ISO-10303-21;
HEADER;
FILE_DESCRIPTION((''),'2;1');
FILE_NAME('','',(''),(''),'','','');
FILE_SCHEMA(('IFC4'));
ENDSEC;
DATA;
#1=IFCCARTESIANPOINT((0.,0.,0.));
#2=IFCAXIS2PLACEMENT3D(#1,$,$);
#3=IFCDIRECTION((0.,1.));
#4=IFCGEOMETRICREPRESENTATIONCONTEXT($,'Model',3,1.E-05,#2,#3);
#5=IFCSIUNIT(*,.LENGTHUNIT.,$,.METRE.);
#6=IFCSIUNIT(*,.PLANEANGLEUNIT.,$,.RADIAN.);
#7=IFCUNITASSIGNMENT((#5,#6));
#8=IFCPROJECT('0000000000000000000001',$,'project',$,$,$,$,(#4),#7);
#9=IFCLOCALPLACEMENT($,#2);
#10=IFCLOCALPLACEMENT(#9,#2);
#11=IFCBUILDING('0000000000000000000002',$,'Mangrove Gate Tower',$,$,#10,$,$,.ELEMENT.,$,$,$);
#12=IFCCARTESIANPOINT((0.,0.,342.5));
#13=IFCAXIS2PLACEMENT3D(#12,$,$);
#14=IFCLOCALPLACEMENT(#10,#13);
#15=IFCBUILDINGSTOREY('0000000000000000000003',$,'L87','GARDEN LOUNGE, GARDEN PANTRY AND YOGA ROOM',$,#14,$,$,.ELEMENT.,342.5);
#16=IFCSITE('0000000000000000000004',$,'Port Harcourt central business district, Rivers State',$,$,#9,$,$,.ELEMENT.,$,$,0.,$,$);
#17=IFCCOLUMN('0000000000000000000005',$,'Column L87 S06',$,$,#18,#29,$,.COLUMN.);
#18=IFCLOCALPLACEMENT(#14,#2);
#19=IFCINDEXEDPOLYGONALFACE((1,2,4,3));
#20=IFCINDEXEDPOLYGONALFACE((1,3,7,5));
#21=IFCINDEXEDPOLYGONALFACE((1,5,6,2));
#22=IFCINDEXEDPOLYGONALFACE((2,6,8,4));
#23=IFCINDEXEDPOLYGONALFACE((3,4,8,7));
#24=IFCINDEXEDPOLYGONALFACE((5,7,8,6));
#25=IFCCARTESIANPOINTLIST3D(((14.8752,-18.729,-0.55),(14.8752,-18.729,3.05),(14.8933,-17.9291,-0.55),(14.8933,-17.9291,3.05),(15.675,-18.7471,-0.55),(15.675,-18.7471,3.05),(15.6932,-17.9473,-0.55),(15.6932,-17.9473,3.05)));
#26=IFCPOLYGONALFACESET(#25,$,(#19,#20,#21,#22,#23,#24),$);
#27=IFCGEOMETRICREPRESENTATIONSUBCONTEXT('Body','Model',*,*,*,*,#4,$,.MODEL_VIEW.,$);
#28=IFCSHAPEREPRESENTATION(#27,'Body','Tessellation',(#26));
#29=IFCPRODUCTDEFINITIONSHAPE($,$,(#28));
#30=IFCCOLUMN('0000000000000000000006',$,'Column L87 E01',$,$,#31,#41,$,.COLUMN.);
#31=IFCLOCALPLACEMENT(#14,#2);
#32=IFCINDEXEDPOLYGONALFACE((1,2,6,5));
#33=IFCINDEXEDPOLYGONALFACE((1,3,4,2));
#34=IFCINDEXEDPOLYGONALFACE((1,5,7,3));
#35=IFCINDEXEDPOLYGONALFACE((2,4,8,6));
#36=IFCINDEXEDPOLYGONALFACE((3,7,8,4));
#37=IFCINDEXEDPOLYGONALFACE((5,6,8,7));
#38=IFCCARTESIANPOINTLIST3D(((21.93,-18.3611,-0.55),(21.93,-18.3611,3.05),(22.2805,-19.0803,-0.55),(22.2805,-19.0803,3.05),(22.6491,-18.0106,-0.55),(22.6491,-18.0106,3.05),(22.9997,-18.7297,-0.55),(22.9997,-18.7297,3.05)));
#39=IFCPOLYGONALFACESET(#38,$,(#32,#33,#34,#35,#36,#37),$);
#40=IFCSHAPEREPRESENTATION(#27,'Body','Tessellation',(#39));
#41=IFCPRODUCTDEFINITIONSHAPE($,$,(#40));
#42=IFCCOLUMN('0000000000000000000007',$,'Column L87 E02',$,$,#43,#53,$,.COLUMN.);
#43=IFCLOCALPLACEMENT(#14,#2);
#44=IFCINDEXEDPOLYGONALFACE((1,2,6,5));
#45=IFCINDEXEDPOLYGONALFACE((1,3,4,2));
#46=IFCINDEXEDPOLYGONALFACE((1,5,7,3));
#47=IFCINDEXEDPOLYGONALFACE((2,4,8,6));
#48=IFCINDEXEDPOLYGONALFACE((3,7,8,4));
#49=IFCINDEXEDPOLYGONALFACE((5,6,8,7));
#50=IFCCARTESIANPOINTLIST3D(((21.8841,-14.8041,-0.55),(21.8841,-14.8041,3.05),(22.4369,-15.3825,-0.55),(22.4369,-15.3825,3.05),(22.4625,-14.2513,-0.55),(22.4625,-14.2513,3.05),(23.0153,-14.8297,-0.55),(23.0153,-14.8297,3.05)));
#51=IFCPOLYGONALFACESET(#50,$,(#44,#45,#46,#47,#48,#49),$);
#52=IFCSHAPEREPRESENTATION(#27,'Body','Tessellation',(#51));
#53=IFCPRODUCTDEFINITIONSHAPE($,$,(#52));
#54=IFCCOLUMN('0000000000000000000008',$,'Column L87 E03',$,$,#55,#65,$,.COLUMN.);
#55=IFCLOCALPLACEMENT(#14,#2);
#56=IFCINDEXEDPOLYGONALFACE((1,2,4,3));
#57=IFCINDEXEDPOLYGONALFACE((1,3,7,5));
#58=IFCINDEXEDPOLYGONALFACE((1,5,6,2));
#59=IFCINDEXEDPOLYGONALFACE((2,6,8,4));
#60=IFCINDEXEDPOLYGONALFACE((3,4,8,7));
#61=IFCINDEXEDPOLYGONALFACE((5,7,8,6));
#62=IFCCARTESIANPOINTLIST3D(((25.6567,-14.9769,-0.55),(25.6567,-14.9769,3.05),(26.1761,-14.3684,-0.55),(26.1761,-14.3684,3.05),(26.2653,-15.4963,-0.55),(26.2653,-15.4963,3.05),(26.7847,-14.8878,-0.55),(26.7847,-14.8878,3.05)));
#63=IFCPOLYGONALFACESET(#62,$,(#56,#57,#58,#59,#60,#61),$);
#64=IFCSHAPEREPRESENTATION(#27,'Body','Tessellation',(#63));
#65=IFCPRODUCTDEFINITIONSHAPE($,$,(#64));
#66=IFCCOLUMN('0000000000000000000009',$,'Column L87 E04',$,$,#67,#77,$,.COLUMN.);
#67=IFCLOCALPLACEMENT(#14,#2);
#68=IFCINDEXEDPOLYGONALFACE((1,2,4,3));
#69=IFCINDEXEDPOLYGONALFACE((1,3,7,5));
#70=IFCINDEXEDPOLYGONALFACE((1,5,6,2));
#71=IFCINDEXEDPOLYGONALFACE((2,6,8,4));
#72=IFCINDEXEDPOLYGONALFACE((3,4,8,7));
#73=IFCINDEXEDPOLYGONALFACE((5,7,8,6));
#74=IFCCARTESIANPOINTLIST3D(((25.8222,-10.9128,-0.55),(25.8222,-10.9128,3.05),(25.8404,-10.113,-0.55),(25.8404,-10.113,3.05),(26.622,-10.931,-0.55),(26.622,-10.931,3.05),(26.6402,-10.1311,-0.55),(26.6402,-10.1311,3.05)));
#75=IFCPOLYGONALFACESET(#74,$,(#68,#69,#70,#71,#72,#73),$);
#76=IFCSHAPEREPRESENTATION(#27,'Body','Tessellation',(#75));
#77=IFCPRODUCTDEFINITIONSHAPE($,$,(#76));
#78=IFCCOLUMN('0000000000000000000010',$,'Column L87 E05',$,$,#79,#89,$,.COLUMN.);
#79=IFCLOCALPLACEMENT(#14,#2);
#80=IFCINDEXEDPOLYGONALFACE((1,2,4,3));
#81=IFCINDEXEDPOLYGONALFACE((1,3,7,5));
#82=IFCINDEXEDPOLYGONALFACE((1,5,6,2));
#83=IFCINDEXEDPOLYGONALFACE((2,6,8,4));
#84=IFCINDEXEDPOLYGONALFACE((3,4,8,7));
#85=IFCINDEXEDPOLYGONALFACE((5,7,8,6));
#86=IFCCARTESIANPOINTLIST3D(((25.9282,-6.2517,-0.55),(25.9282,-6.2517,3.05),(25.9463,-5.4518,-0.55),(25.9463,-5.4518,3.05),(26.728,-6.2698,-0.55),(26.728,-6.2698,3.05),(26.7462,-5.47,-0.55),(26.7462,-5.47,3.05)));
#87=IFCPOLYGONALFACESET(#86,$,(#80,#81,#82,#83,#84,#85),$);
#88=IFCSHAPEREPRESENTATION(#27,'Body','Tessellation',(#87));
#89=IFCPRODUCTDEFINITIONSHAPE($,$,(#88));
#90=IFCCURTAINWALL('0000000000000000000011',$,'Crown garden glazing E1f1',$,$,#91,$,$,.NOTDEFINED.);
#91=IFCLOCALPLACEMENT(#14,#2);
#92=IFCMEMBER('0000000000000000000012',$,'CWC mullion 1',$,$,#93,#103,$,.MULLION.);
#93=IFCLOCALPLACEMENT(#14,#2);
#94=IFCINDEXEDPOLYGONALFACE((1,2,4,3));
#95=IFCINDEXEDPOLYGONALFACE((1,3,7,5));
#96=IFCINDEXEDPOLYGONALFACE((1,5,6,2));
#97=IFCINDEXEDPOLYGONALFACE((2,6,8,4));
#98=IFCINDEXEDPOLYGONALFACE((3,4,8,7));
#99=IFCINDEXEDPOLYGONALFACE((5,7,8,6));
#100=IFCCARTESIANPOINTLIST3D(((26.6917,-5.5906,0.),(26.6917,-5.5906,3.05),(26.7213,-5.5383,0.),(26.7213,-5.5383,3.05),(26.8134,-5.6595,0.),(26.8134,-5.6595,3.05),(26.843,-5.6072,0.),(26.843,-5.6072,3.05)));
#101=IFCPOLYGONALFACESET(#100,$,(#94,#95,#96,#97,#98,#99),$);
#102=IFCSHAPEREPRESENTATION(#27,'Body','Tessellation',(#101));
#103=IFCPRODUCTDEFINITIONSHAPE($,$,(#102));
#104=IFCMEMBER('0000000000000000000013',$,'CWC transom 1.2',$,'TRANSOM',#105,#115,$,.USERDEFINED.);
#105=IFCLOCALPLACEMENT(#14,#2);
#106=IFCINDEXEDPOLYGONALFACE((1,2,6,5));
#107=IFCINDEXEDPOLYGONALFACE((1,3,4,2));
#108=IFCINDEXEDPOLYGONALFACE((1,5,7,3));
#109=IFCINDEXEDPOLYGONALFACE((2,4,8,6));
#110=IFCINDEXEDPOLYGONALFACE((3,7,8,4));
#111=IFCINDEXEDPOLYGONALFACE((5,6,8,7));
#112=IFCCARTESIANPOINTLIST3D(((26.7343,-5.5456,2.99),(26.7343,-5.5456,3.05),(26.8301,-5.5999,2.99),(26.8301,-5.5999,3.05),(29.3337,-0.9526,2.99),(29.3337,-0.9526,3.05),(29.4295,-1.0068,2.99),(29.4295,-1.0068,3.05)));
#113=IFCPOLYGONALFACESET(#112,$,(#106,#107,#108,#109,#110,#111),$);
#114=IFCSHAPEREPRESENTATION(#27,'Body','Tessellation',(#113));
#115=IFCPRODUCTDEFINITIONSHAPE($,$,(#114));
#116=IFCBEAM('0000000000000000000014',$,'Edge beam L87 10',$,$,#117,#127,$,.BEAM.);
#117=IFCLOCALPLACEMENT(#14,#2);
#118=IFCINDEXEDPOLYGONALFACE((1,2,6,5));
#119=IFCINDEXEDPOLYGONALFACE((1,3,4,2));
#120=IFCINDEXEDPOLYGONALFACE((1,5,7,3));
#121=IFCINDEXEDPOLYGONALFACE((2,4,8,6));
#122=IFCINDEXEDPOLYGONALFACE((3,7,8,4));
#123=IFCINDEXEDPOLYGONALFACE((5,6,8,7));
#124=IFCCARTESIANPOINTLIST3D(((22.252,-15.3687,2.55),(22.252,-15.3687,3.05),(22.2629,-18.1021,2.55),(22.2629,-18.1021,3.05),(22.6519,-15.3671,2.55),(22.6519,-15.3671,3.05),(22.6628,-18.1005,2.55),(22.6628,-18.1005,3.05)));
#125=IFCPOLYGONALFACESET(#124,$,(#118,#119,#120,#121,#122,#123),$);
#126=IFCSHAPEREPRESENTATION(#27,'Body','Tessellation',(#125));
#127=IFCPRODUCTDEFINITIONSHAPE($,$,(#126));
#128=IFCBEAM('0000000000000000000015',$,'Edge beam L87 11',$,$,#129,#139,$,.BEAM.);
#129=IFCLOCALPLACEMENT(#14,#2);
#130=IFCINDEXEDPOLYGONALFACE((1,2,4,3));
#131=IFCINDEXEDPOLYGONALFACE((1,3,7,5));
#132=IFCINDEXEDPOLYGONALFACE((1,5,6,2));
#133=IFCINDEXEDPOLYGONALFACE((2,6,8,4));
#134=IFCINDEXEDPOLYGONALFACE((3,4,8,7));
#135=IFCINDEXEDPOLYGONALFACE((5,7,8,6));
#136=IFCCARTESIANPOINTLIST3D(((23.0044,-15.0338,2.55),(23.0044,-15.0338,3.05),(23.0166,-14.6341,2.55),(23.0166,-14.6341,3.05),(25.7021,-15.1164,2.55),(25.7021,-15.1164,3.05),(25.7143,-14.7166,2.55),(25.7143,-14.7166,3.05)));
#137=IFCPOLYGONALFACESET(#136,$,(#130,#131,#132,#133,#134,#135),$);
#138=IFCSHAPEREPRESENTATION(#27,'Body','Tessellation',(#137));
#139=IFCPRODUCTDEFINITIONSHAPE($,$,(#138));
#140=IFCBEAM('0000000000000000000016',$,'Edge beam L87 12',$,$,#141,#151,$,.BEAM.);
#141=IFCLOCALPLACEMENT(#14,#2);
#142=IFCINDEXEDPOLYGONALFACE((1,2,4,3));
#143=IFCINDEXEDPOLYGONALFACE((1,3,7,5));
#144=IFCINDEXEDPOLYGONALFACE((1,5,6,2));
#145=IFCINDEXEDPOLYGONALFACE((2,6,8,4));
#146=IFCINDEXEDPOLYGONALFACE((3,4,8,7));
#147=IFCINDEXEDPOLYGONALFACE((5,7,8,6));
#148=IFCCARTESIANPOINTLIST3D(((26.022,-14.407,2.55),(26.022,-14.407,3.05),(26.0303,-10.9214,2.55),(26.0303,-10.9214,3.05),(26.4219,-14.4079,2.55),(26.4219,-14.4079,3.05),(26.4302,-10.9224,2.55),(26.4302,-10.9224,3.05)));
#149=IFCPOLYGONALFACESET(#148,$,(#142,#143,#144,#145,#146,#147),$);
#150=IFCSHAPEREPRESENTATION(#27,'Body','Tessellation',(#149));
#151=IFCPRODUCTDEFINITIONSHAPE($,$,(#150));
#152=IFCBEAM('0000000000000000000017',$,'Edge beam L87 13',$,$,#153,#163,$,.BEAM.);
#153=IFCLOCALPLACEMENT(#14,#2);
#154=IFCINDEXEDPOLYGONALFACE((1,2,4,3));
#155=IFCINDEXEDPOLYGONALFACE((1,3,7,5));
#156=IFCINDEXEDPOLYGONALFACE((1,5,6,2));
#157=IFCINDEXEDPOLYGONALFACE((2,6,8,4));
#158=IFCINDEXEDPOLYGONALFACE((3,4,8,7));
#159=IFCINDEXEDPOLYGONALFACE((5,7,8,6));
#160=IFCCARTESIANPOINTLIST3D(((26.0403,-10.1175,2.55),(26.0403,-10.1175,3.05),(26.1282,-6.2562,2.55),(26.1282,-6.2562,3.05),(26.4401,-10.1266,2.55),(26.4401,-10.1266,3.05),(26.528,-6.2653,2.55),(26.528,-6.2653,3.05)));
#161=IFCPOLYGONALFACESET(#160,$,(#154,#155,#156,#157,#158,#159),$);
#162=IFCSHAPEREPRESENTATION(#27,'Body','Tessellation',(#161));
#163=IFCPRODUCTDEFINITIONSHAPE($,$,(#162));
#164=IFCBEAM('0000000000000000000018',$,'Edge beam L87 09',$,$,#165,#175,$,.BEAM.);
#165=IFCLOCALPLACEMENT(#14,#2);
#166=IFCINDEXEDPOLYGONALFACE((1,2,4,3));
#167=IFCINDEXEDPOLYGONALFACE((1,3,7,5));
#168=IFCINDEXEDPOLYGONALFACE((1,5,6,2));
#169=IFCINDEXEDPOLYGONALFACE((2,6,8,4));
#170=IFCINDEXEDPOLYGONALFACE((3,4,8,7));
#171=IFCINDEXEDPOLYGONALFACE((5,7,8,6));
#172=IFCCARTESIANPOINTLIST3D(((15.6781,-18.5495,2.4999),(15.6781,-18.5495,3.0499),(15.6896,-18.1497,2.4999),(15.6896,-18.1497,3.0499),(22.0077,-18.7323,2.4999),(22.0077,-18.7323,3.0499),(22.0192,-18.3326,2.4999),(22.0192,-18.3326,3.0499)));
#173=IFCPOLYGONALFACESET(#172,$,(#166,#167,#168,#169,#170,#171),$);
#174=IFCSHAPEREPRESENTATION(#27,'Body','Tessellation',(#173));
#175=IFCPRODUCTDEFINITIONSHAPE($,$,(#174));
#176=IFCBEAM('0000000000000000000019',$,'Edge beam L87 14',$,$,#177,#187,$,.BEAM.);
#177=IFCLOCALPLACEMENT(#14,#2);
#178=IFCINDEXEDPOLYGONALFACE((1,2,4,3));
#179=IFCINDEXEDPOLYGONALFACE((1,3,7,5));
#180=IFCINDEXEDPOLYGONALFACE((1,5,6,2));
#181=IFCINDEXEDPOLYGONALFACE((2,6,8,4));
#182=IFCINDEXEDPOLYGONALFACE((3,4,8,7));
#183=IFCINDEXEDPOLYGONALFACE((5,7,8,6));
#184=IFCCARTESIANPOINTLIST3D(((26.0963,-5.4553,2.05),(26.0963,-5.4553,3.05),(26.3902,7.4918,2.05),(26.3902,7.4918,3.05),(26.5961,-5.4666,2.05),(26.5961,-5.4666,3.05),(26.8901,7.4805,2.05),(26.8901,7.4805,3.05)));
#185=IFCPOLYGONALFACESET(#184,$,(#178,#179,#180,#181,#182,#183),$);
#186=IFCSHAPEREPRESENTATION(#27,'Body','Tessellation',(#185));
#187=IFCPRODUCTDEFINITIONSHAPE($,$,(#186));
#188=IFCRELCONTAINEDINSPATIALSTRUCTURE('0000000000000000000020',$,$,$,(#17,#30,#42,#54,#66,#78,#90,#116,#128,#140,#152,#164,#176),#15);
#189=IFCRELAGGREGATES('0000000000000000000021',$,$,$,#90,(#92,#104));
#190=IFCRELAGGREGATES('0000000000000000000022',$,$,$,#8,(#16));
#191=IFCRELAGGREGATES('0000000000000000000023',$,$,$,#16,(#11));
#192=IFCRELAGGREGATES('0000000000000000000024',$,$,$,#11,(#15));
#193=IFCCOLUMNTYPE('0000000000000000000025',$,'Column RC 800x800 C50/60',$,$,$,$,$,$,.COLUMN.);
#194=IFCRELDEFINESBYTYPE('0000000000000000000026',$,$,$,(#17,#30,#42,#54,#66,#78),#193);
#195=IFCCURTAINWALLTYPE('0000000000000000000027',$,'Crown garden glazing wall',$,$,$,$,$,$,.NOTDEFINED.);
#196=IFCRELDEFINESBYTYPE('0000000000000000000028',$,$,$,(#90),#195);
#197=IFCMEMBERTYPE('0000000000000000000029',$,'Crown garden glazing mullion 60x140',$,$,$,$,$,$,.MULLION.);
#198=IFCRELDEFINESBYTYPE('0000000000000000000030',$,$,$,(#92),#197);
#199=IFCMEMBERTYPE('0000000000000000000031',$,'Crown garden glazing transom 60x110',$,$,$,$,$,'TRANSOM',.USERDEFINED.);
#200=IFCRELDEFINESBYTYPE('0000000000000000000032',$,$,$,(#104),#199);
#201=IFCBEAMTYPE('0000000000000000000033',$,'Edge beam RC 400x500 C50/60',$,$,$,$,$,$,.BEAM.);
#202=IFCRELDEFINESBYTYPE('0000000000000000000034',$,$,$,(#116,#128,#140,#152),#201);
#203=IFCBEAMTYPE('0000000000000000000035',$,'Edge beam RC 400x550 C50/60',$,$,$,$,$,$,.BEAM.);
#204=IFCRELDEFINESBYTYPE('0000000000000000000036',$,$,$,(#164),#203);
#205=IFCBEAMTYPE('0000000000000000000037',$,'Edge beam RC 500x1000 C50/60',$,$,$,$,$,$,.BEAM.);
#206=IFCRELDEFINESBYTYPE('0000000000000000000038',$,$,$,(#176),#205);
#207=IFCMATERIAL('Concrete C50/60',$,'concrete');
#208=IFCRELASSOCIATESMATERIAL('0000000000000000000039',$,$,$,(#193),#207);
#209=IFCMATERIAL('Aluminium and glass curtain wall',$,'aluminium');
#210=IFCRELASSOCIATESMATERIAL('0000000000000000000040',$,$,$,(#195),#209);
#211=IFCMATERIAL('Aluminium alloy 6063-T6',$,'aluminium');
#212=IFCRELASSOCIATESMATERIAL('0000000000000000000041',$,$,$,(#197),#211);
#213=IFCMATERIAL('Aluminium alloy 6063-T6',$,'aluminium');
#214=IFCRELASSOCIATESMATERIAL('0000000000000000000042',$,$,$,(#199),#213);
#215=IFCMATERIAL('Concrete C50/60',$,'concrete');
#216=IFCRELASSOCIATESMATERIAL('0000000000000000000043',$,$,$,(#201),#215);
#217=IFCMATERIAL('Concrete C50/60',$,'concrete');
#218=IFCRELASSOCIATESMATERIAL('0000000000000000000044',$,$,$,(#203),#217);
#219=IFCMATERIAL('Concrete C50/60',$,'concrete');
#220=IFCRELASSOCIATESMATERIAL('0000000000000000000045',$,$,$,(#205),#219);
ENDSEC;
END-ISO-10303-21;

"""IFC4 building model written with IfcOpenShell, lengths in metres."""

from ifc_helpers import new_model, si_unit, direction, frame, origin, origin_2d, place, context, subcontext, project, spatial, rectangle, extrude, material, material_profile, profile_set, type_object, element, aggregate, save


model = new_model("IFC4")

# Units and contexts
model_context = context("Model", 3, precision=1e-05, world=origin(), true_north=direction((0.0, 1.0)))
body_context = subcontext(model_context, "Body", "Model", "MODEL_VIEW")
ifc_project = project(units=[si_unit("LENGTHUNIT", "METRE"), si_unit("PLANEANGLEUNIT", "RADIAN")], contexts=[model_context])

# Site, building, storey
site_placement = place(None, origin())
site = spatial("IfcSite", under=ifc_project, at=site_placement, Name="Port Harcourt central business district, Rivers State", CompositionType="ELEMENT", RefElevation=0.0)
building_placement = place(site_placement, origin())
building = spatial("IfcBuilding", under=site, at=building_placement, Name="Mangrove Gate Tower", CompositionType="ELEMENT")
storey_placement = place(building_placement, frame((0.0, 0.0, 342.5)))
storey = spatial("IfcBuildingStorey", under=building, at=storey_placement, Name="L87", Description="GARDEN LOUNGE, GARDEN PANTRY AND YOGA ROOM", CompositionType="ELEMENT", Elevation=342.5)

# Columns
ifc_material_1 = material(Name="Concrete C50/60", Category="concrete")
ifc_material_profile_1 = material_profile(ifc_material_1, rectangle(XDim=0.8, YDim=0.8, at=origin_2d()))
ifc_profile_set_1 = profile_set([ifc_material_profile_1], Name="Concrete C50/60")
column_type = type_object("IfcColumnType", Name="Column RC 800x800 C50/60", PredefinedType="COLUMN", material=ifc_profile_set_1)
for number, where, z_axis, x_axis, name in (
    (1, (15.2842, -18.3381, -0.55), (0.0, 0.0, 1.0), (0.999743, -0.022669, 0.0), "Column L87 S06"),
    (2, (22.4648, -18.5454, -0.55), (0.0, 0.0, 1.0), (0.898894, 0.438167, 0.0), "Column L87 E01"),
    (3, (22.4497, -14.8169, -0.55), (0.0, 0.0, 1.0), (0.722929, 0.690923, 0.0), "Column L87 E02"),
    (4, (26.2207, -14.9324, -0.55), (0.0, 0.0, 1.0), (0.649215, 0.760605, 0.0), "Column L87 E03"),
    (5, (26.2312, -10.522, -0.55), (0.0, 0.0, 1.0), (0.022736, 0.999742, 0.0), "Column L87 E04"),
    (6, (26.3372, -5.8608, -0.55), (0.0, 0.0, 1.0), (0.022702, 0.999742, 0.0), "Column L87 E05"),
):
    element("IfcColumn", number, at=place(storey_placement, frame(where, z_axis=z_axis, x_axis=x_axis)), inside=storey, type_object=column_type, Name=name, PredefinedType="COLUMN", context=body_context, shape_type="SweptSolid", body=[
        extrude(rectangle(XDim=0.8, YDim=0.8, at=origin_2d()), origin(), (0.0, 0.0, 1.0), 3.6001),
    ])

# Curtain wall, members
ifc_material_2 = material(Name="Aluminium and glass curtain wall", Category="aluminium")
curtain_wall_type = type_object("IfcCurtainWallType", Name="Crown garden glazing wall", PredefinedType="NOTDEFINED", material=ifc_material_2)
curtain_wall_placement = place(storey_placement, origin())
curtain_wall = element("IfcCurtainWall", 7, at=curtain_wall_placement, inside=storey, type_object=curtain_wall_type, Name="Crown garden glazing E1f1", PredefinedType="NOTDEFINED")
ifc_material_3 = material(Name="Aluminium alloy 6063-T6", Category="aluminium")
ifc_material_profile_2 = material_profile(ifc_material_3, rectangle(XDim=0.0601, YDim=0.1399, at=origin_2d()))
ifc_profile_set_2 = profile_set([ifc_material_profile_2], Name="Aluminium alloy 6063-T6")
member_type_1 = type_object("IfcMemberType", Name="Crown garden glazing mullion 60x140", PredefinedType="MULLION", material=ifc_profile_set_2)
member_1_placement = place(storey_placement, frame((26.7673, -5.5989, 0.0), z_axis=(0.0, 0.0, 1.0), x_axis=(0.492566, 0.870275, 0.0)))
member_1 = element("IfcMember", 8, at=member_1_placement, type_object=member_type_1, Name="CWC mullion 1", PredefinedType="MULLION", context=body_context, shape_type="SweptSolid", body=[
    extrude(rectangle(XDim=0.0601, YDim=0.1399, at=origin_2d()), origin(), (0.0, 0.0, 1.0), 3.05),
])
ifc_material_4 = material(Name="Aluminium alloy 6063-T6", Category="aluminium")
ifc_material_profile_3 = material_profile(ifc_material_4, rectangle(XDim=0.0601, YDim=0.1101, at=origin_2d()))
ifc_profile_set_3 = profile_set([ifc_material_profile_3], Name="Aluminium alloy 6063-T6")
member_type_2 = type_object("IfcMemberType", Name="Crown garden glazing transom 60x110", ElementType="TRANSOM", PredefinedType="USERDEFINED", material=ifc_profile_set_3)
member_2_placement = place(storey_placement, frame((26.7822, -5.5728, 3.02), z_axis=(0.492533, 0.870294, 0.0), x_axis=(0.0, 0.0, 1.0)))
member_2 = element("IfcMember", 9, at=member_2_placement, type_object=member_type_2, Name="CWC transom 1.2", ObjectType="TRANSOM", PredefinedType="USERDEFINED", context=body_context, shape_type="SweptSolid", body=[
    extrude(rectangle(XDim=0.0601, YDim=0.1101, at=origin_2d()), origin(), (0.0, 0.0, 1.0), 5.2776),
])
aggregate(curtain_wall, [member_1, member_2])

# Beams
ifc_material_5 = material(Name="Concrete C50/60", Category="concrete")
ifc_material_profile_4 = material_profile(ifc_material_5, rectangle(XDim=0.3999, YDim=0.5, at=origin_2d()))
ifc_profile_set_4 = profile_set([ifc_material_profile_4], Name="Concrete C50/60")
beam_type_1 = type_object("IfcBeamType", Name="Edge beam RC 400x500 C50/60", PredefinedType="BEAM", material=ifc_profile_set_4)
beam_1_placement = place(storey_placement, frame((22.4629, -18.1013, 2.8), z_axis=(-0.004019, 0.999992, 0.0), x_axis=(-0.999992, -0.004019, 0.0)))
element("IfcBeam", 10, at=beam_1_placement, inside=storey, type_object=beam_type_1, Name="Edge beam L87 10", PredefinedType="BEAM", context=body_context, shape_type="SweptSolid", body=[
    extrude(rectangle(XDim=0.3999, YDim=0.5, at=origin_2d()), origin(), (0.0, 0.0, 1.0), 2.7334),
])
beam_2_placement = place(storey_placement, frame((23.0105, -14.834, 2.8), z_axis=(0.999533, -0.030574, 0.0), x_axis=(0.030574, 0.999533, 0.0)))
element("IfcBeam", 11, at=beam_2_placement, inside=storey, type_object=beam_type_1, Name="Edge beam L87 11", PredefinedType="BEAM", context=body_context, shape_type="SweptSolid", body=[
    extrude(rectangle(XDim=0.3999, YDim=0.5, at=origin_2d()), origin(), (0.0, 0.0, 1.0), 2.699),
])
beam_3_placement = place(storey_placement, frame((26.2219, -14.4075, 2.8), z_axis=(0.002381, 0.999997, 0.0), x_axis=(-0.999997, 0.002381, 0.0)))
element("IfcBeam", 12, at=beam_3_placement, inside=storey, type_object=beam_type_1, Name="Edge beam L87 12", PredefinedType="BEAM", context=body_context, shape_type="SweptSolid", body=[
    extrude(rectangle(XDim=0.3999, YDim=0.5, at=origin_2d()), origin(), (0.0, 0.0, 1.0), 3.4856),
])
beam_4_placement = place(storey_placement, frame((26.2402, -10.1221, 2.8), z_axis=(0.022756, 0.999741, 0.0), x_axis=(-0.999741, 0.022756, 0.0)))
element("IfcBeam", 13, at=beam_4_placement, inside=storey, type_object=beam_type_1, Name="Edge beam L87 13", PredefinedType="BEAM", context=body_context, shape_type="SweptSolid", body=[
    extrude(rectangle(XDim=0.3999, YDim=0.5, at=origin_2d()), origin(), (0.0, 0.0, 1.0), 3.8623),
])
ifc_material_6 = material(Name="Concrete C50/60", Category="concrete")
ifc_material_profile_5 = material_profile(ifc_material_6, rectangle(XDim=0.3999, YDim=0.55, at=origin_2d()))
ifc_profile_set_5 = profile_set([ifc_material_profile_5], Name="Concrete C50/60")
beam_type_2 = type_object("IfcBeamType", Name="Edge beam RC 400x550 C50/60", PredefinedType="BEAM", material=ifc_profile_set_5)
beam_5_placement = place(storey_placement, frame((15.6838, -18.3496, 2.7749), z_axis=(0.999583, -0.028878, 0.0), x_axis=(0.028878, 0.999583, 0.0)))
element("IfcBeam", 14, at=beam_5_placement, inside=storey, type_object=beam_type_2, Name="Edge beam L87 09", PredefinedType="BEAM", context=body_context, shape_type="SweptSolid", body=[
    extrude(rectangle(XDim=0.3999, YDim=0.55, at=origin_2d()), origin(), (0.0, 0.0, 1.0), 6.3323),
])
ifc_material_7 = material(Name="Concrete C50/60", Category="concrete")
ifc_material_profile_6 = material_profile(ifc_material_7, rectangle(XDim=0.5, YDim=1.0, at=origin_2d()))
ifc_profile_set_6 = profile_set([ifc_material_profile_6], Name="Concrete C50/60")
beam_type_3 = type_object("IfcBeamType", Name="Edge beam RC 500x1000 C50/60", PredefinedType="BEAM", material=ifc_profile_set_6)
beam_6_placement = place(storey_placement, frame((26.3462, -5.4609, 2.55), z_axis=(0.022698, 0.999742, 0.0), x_axis=(-0.999742, 0.022698, 0.0)))
element("IfcBeam", 15, at=beam_6_placement, inside=storey, type_object=beam_type_3, Name="Edge beam L87 14", PredefinedType="BEAM", context=body_context, shape_type="SweptSolid", body=[
    extrude(rectangle(XDim=0.5, YDim=1.0, at=origin_2d()), origin(), (0.0, 0.0, 1.0), 12.9504),
])

save(model, "model.ifc")
